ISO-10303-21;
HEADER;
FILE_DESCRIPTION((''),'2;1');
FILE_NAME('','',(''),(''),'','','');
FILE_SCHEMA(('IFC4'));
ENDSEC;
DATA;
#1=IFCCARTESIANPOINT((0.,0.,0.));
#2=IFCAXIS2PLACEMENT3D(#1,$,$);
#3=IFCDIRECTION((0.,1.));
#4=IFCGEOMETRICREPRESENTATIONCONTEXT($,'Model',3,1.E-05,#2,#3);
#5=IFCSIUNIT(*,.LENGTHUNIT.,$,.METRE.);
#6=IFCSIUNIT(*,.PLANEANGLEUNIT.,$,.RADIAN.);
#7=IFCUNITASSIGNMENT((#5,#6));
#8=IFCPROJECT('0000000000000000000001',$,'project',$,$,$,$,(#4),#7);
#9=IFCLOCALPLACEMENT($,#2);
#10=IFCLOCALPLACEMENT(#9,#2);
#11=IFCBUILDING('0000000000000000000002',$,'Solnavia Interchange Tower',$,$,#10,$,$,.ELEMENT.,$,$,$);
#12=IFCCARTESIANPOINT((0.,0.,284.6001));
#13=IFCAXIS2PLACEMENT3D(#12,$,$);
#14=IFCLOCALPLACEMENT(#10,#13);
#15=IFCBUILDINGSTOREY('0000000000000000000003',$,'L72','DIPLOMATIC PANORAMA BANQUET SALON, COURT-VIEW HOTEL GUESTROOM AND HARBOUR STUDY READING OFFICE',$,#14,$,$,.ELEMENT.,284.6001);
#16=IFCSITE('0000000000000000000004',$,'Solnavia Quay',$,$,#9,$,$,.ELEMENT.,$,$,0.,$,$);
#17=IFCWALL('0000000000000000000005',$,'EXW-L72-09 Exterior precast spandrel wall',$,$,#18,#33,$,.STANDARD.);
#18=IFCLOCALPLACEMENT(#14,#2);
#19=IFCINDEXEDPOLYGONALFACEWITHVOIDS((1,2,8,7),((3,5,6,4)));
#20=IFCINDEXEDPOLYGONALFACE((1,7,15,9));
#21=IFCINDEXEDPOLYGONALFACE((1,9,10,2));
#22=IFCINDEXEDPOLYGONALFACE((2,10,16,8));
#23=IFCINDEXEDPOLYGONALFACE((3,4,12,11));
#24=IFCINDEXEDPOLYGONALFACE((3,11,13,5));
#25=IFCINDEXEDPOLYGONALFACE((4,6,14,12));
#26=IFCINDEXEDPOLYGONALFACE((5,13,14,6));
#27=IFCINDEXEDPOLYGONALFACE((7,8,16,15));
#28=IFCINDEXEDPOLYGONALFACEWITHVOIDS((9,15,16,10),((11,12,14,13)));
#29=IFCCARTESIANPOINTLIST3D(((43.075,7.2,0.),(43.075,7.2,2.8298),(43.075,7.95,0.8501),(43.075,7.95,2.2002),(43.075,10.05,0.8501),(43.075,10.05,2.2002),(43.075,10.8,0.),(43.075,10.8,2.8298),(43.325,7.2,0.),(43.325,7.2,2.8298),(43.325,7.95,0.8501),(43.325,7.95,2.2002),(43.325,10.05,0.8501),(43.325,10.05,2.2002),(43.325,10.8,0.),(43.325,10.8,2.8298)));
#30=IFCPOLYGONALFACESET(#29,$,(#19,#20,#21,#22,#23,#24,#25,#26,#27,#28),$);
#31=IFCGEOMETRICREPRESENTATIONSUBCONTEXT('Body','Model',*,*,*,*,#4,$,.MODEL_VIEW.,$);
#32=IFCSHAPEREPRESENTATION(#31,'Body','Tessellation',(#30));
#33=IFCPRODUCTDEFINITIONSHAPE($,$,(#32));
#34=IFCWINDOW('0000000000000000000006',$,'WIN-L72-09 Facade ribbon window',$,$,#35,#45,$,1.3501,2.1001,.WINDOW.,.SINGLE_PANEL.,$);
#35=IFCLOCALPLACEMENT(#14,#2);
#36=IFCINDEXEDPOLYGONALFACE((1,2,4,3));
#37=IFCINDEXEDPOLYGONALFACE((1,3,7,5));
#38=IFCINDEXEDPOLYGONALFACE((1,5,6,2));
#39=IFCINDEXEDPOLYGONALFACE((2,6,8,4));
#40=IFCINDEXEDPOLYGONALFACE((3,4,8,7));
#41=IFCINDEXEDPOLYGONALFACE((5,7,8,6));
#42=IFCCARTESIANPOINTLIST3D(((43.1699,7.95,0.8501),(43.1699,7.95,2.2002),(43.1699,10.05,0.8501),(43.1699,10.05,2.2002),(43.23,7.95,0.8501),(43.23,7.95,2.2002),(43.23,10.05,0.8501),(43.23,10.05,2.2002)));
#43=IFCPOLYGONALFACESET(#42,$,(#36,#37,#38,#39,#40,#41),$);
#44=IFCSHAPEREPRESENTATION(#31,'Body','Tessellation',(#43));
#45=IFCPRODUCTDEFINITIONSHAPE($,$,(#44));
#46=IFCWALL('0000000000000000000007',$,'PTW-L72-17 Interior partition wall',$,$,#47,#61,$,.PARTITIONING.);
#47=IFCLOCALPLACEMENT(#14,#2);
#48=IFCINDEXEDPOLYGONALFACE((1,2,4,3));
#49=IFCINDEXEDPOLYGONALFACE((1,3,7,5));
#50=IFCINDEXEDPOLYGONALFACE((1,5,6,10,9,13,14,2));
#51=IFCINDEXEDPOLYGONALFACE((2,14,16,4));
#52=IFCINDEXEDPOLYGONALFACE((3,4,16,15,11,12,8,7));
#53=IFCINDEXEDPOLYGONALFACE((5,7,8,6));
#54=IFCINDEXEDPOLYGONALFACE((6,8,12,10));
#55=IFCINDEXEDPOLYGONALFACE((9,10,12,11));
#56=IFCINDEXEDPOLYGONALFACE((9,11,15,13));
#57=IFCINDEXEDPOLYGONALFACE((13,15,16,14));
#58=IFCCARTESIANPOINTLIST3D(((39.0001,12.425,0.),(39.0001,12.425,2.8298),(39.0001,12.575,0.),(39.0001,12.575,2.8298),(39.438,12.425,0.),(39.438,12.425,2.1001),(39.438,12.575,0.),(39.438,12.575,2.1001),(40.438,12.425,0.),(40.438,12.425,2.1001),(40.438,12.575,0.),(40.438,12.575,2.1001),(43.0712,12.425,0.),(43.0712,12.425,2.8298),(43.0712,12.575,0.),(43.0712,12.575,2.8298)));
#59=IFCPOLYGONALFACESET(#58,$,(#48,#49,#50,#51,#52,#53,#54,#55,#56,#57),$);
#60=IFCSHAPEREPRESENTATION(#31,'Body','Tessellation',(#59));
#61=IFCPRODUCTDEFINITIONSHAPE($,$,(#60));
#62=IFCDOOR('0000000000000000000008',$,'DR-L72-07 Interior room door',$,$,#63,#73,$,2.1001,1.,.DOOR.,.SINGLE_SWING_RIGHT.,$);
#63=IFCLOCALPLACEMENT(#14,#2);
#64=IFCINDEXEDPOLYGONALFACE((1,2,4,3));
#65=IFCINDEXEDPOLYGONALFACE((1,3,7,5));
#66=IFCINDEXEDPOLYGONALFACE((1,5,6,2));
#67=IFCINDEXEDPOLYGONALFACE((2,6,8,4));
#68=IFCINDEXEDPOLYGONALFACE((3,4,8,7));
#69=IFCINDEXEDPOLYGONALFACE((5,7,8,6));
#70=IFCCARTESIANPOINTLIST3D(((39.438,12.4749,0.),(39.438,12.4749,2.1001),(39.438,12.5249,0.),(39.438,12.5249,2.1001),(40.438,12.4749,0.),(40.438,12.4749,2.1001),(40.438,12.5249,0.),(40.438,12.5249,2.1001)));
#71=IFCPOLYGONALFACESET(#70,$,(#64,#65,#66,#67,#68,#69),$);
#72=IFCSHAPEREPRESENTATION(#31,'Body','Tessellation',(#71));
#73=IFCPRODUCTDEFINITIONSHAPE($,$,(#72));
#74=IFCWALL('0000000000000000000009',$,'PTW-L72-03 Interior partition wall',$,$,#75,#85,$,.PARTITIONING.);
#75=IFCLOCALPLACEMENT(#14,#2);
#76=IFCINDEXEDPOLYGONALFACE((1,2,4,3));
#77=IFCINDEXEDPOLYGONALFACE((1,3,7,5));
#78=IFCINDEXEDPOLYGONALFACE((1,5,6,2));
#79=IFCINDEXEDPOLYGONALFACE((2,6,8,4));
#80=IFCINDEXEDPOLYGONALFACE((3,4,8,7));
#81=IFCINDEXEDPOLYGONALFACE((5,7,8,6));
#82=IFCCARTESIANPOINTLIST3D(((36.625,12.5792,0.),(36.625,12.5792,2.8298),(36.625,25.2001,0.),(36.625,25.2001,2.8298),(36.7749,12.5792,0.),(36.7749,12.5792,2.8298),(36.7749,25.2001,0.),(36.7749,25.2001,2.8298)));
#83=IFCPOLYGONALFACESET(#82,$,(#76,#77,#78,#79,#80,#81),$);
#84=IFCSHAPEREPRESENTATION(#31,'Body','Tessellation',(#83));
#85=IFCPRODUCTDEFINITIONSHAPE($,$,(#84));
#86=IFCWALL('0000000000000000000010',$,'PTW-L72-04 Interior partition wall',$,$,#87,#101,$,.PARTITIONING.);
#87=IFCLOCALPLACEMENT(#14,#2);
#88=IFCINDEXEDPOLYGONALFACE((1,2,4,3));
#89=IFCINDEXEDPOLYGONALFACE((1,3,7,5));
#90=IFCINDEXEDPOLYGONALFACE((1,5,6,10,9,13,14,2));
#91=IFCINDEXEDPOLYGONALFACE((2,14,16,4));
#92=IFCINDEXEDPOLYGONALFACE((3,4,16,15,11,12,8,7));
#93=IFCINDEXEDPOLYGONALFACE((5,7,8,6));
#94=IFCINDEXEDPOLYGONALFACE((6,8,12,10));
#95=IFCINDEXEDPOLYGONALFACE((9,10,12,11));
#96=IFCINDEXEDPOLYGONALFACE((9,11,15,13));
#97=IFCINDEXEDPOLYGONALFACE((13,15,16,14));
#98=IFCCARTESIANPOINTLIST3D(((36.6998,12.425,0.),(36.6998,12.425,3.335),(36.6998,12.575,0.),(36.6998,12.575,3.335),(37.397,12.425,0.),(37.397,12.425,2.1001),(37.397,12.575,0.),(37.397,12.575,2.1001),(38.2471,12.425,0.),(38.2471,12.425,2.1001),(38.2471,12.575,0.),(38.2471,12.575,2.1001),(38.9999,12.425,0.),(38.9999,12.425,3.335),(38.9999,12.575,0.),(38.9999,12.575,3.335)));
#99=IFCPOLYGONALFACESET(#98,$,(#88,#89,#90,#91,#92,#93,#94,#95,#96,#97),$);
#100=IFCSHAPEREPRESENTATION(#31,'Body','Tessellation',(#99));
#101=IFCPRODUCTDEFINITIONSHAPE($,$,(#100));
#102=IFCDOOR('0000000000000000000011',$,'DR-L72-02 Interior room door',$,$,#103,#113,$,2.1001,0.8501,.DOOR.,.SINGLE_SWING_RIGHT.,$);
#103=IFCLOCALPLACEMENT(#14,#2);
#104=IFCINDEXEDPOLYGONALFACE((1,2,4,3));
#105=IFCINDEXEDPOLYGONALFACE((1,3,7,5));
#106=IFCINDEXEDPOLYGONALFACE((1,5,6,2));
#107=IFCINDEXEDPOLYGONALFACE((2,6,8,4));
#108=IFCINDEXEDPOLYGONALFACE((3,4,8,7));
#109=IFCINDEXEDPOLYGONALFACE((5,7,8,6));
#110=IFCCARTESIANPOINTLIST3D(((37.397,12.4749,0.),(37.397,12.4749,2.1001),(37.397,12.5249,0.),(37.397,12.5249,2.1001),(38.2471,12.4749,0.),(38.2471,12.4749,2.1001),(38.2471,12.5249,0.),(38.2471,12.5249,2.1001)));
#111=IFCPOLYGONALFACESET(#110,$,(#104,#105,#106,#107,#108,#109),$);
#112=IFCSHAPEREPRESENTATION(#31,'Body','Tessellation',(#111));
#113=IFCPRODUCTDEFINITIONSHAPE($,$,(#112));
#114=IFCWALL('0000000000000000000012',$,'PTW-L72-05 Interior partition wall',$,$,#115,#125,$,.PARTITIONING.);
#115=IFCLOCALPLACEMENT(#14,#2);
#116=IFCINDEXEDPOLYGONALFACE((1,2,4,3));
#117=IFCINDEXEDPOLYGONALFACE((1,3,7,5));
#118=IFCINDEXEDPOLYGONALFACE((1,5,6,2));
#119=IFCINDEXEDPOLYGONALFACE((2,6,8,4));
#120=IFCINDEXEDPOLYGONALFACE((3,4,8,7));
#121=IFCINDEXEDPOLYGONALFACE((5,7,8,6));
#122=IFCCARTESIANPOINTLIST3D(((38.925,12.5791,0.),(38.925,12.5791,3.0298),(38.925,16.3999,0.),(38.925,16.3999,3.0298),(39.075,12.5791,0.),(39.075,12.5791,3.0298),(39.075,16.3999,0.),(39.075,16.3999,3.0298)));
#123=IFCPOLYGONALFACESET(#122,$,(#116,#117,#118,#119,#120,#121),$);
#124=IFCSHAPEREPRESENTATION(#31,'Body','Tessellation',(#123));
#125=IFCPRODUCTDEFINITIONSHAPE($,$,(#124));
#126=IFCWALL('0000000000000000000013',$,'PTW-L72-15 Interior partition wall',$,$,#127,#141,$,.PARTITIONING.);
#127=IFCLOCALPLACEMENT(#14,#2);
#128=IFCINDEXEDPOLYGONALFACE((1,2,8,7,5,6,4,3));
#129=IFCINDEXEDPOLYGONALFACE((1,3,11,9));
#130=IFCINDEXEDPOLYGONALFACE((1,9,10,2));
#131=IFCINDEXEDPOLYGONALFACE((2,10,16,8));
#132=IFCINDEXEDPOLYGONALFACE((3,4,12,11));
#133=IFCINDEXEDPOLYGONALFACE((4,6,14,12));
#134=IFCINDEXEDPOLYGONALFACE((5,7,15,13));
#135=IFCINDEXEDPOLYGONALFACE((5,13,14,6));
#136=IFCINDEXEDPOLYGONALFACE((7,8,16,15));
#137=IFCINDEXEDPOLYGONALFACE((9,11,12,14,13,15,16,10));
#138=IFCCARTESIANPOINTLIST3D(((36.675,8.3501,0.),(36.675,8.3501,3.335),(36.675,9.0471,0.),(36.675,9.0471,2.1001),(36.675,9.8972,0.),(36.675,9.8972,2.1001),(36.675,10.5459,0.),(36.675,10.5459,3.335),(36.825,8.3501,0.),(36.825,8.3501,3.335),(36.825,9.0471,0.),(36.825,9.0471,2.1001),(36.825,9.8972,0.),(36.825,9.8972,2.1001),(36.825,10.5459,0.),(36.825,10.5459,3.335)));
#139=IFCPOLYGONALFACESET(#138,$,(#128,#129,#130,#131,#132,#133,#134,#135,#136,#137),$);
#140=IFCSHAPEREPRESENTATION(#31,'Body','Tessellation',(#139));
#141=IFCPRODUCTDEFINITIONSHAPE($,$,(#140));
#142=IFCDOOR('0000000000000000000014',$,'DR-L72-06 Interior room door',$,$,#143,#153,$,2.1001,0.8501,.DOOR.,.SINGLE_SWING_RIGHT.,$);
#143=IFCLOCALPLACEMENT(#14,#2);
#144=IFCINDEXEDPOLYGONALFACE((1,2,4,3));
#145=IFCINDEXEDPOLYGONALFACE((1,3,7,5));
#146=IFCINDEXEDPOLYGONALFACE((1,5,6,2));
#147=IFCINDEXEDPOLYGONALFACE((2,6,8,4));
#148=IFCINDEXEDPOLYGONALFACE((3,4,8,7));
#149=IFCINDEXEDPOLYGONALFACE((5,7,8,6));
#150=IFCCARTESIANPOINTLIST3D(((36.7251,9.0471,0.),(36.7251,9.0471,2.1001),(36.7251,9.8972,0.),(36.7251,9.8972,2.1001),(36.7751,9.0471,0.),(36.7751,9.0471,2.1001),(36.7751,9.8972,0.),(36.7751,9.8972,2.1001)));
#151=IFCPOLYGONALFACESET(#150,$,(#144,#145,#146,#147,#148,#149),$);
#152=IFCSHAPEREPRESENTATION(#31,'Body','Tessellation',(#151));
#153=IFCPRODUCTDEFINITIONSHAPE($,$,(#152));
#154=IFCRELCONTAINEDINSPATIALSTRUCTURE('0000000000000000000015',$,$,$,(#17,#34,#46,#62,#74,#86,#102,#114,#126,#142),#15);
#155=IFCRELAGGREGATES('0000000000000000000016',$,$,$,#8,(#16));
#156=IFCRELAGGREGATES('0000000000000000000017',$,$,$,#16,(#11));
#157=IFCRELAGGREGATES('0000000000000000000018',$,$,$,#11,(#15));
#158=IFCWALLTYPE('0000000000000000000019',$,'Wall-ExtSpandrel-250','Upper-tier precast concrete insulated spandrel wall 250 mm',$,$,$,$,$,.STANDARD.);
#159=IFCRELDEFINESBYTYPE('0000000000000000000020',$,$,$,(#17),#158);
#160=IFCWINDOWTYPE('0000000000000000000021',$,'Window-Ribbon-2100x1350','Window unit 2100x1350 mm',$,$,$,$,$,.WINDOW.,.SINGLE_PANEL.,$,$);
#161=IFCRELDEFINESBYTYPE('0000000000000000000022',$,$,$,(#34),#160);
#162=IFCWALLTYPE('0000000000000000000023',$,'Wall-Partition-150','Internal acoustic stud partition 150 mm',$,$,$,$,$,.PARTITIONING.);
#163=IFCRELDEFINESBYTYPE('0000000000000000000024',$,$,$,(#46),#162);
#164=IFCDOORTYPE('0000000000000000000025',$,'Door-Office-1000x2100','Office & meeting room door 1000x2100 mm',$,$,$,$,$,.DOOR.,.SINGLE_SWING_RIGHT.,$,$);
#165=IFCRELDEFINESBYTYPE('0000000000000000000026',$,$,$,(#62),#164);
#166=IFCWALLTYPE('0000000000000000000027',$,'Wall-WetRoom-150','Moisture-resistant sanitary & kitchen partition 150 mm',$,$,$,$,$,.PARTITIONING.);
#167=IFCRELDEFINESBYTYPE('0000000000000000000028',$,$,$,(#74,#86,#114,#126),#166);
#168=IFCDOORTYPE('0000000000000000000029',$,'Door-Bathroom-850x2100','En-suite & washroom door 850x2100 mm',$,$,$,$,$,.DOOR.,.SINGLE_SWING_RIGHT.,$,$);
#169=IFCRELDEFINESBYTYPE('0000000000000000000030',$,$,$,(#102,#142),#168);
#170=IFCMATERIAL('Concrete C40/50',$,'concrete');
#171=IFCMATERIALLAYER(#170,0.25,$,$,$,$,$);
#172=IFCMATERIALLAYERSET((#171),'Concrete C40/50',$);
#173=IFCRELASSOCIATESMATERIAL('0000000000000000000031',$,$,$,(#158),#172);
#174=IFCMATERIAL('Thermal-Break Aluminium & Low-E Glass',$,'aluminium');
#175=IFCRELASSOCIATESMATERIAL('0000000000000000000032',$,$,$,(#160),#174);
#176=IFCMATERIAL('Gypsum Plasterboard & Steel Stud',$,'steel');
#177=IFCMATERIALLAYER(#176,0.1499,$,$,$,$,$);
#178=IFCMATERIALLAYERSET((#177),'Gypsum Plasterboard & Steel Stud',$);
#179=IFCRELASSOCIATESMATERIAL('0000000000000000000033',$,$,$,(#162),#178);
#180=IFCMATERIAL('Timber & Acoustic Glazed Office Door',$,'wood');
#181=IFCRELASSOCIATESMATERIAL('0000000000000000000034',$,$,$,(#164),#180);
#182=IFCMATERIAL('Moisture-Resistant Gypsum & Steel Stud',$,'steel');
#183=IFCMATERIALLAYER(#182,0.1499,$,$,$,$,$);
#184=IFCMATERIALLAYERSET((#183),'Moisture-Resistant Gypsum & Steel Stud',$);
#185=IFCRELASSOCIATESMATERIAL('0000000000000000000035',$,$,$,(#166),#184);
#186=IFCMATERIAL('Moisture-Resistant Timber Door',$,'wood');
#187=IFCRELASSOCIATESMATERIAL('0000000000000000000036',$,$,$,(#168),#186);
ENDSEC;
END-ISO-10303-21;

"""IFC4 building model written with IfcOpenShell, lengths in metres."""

from ifc_helpers import new_model, si_unit, direction, frame, frame_2d, origin, place, context, subcontext, project, spatial, rectangle, extrude, material, layer, layer_set, type_object, element, fill, save


model = new_model("IFC4")

# Units and contexts
model_context = context("Model", 3, precision=1e-05, world=origin(), true_north=direction((0.0, 1.0)))
body_context = subcontext(model_context, "Body", "Model", "MODEL_VIEW")
ifc_project = project(units=[si_unit("LENGTHUNIT", "METRE"), si_unit("PLANEANGLEUNIT", "RADIAN")], contexts=[model_context])

# Site, building, storey
site_placement = place(None, origin())
site = spatial("IfcSite", under=ifc_project, at=site_placement, Name="Solnavia Quay", CompositionType="ELEMENT", RefElevation=0.0)
building_placement = place(site_placement, origin())
building = spatial("IfcBuilding", under=site, at=building_placement, Name="Solnavia Interchange Tower", CompositionType="ELEMENT")
storey_placement = place(building_placement, frame((0.0, 0.0, 284.6001)))
storey = spatial("IfcBuildingStorey", under=building, at=storey_placement, Name="L72", Description="DIPLOMATIC PANORAMA BANQUET SALON, COURT-VIEW HOTEL GUESTROOM AND HARBOUR STUDY READING OFFICE", CompositionType="ELEMENT", Elevation=284.6001)

# Shared definitions
ifc_material_1 = material(Name="Concrete C40/50", Category="concrete")
ifc_layer_1 = layer(ifc_material_1, 0.25)
ifc_layer_set_1 = layer_set([ifc_layer_1], Name="Concrete C40/50")
wall_type_1 = type_object("IfcWallType", Name="Wall-ExtSpandrel-250", Description="Upper-tier precast concrete insulated spandrel wall 250 mm", PredefinedType="STANDARD", material=ifc_layer_set_1)
ifc_material_2 = material(Name="Thermal-Break Aluminium & Low-E Glass", Category="aluminium")
window_type = type_object("IfcWindowType", Name="Window-Ribbon-2100x1350", Description="Window unit 2100x1350 mm", PartitioningType="SINGLE_PANEL", PredefinedType="WINDOW", material=ifc_material_2)

# Wall, opening, window
wall_1_placement = place(storey_placement, frame((43.2, 10.8, 0.0), z_axis=(0.0, 0.0, 1.0), x_axis=(0.0, -1.0, 0.0)))
wall_1 = element("IfcWall", 1, at=wall_1_placement, inside=storey, type_object=wall_type_1, Name="EXW-L72-09 Exterior precast spandrel wall", PredefinedType="STANDARD", context=body_context, shape_type="SweptSolid", body=[
    extrude(rectangle(XDim=3.6001, YDim=0.25, at=frame_2d((1.8, 0.0))), origin(), (0.0, 0.0, 1.0), 2.8298),
])
opening_1_placement = place(wall_1_placement, frame((0.75, 0.0, 0.8501)))
opening_1 = element("IfcOpeningElement", 2, at=opening_1_placement, cuts=wall_1, PredefinedType="OPENING", context=body_context, shape_type="SweptSolid", body=[
    extrude(rectangle(XDim=2.1001, YDim=1.3501, at=frame_2d((1.05, 0.675))), frame((0.0, 0.135, 0.0), z_axis=(0.0, -1.0, 0.0), x_axis=(1.0, 0.0, 0.0)), (0.0, 0.0, 1.0), 0.27),
])
window_1_placement = place(opening_1_placement, origin())
window_1 = element("IfcWindow", 3, at=window_1_placement, inside=storey, type_object=window_type, Name="WIN-L72-09 Facade ribbon window", OverallHeight=1.3501, OverallWidth=2.1001, PartitioningType="SINGLE_PANEL", PredefinedType="WINDOW", context=body_context, shape_type="SweptSolid", body=[
    extrude(rectangle(XDim=2.1001, YDim=1.3501, at=frame_2d((1.05, 0.675))), frame((0.0, 0.03, 0.0), z_axis=(0.0, -1.0, 0.0), x_axis=(1.0, 0.0, 0.0)), (0.0, 0.0, 1.0), 0.0601),
])
fill(opening_1, window_1)

# Wall, opening, door
ifc_material_3 = material(Name="Gypsum Plasterboard & Steel Stud", Category="steel")
ifc_layer_2 = layer(ifc_material_3, 0.1499)
ifc_layer_set_2 = layer_set([ifc_layer_2], Name="Gypsum Plasterboard & Steel Stud")
wall_type_2 = type_object("IfcWallType", Name="Wall-Partition-150", Description="Internal acoustic stud partition 150 mm", PredefinedType="PARTITIONING", material=ifc_layer_set_2)
wall_2_placement = place(storey_placement, frame((39.0, 12.5, 0.0), z_axis=(0.0, 0.0, 1.0), x_axis=(1.0, 0.0, 0.0)))
wall_2 = element("IfcWall", 4, at=wall_2_placement, inside=storey, type_object=wall_type_2, Name="PTW-L72-17 Interior partition wall", PredefinedType="PARTITIONING", context=body_context, shape_type="SweptSolid", body=[
    extrude(rectangle(XDim=4.071, YDim=0.1499, at=frame_2d((2.0356, 0.0))), origin(), (0.0, 0.0, 1.0), 2.8298),
])
opening_2_placement = place(wall_2_placement, frame((0.438, 0.0, 0.0)))
opening_2 = element("IfcOpeningElement", 5, at=opening_2_placement, cuts=wall_2, PredefinedType="OPENING", context=body_context, shape_type="SweptSolid", body=[
    extrude(rectangle(XDim=1.0, YDim=2.1001, at=frame_2d((0.5, 1.05))), frame((0.0, 0.085, 0.0), z_axis=(0.0, -1.0, 0.0), x_axis=(1.0, 0.0, 0.0)), (0.0, 0.0, 1.0), 0.1699),
])
ifc_material_4 = material(Name="Timber & Acoustic Glazed Office Door", Category="wood")
door_type_1 = type_object("IfcDoorType", Name="Door-Office-1000x2100", Description="Office & meeting room door 1000x2100 mm", OperationType="SINGLE_SWING_RIGHT", PredefinedType="DOOR", material=ifc_material_4)
door_1_placement = place(opening_2_placement, origin())
door_1 = element("IfcDoor", 6, at=door_1_placement, inside=storey, type_object=door_type_1, Name="DR-L72-07 Interior room door", OperationType="SINGLE_SWING_RIGHT", OverallHeight=2.1001, OverallWidth=1.0, PredefinedType="DOOR", context=body_context, shape_type="SweptSolid", body=[
    extrude(rectangle(XDim=1.0, YDim=2.1001, at=frame_2d((0.5, 1.05))), frame((0.0, 0.0249, 0.0), z_axis=(0.0, -1.0, 0.0), x_axis=(1.0, 0.0, 0.0)), (0.0, 0.0, 1.0), 0.05),
])
fill(opening_2, door_1)

# Wall
ifc_material_5 = material(Name="Moisture-Resistant Gypsum & Steel Stud", Category="steel")
ifc_layer_3 = layer(ifc_material_5, 0.1499)
ifc_layer_set_3 = layer_set([ifc_layer_3], Name="Moisture-Resistant Gypsum & Steel Stud")
wall_type_3 = type_object("IfcWallType", Name="Wall-WetRoom-150", Description="Moisture-resistant sanitary & kitchen partition 150 mm", PredefinedType="PARTITIONING", material=ifc_layer_set_3)
wall_3_placement = place(storey_placement, frame((36.7, 12.5791, 0.0), z_axis=(0.0, 0.0, 1.0), x_axis=(0.0, 1.0, 0.0)))
element("IfcWall", 7, at=wall_3_placement, inside=storey, type_object=wall_type_3, Name="PTW-L72-03 Interior partition wall", PredefinedType="PARTITIONING", context=body_context, shape_type="SweptSolid", body=[
    extrude(rectangle(XDim=12.6208, YDim=0.1499, at=frame_2d((6.3105, 0.0))), origin(), (0.0, 0.0, 1.0), 2.8298),
])

# Wall, opening, door
wall_4_placement = place(storey_placement, frame((36.7, 12.5, 0.0), z_axis=(0.0, 0.0, 1.0), x_axis=(1.0, 0.0, 0.0)))
wall_4 = element("IfcWall", 8, at=wall_4_placement, inside=storey, type_object=wall_type_3, Name="PTW-L72-04 Interior partition wall", PredefinedType="PARTITIONING", context=body_context, shape_type="SweptSolid", body=[
    extrude(rectangle(XDim=2.3, YDim=0.1499, at=frame_2d((1.1499, 0.0))), origin(), (0.0, 0.0, 1.0), 3.335),
])
opening_3_placement = place(wall_4_placement, frame((0.697, 0.0, 0.0)))
opening_3 = element("IfcOpeningElement", 9, at=opening_3_placement, cuts=wall_4, PredefinedType="OPENING", context=body_context, shape_type="SweptSolid", body=[
    extrude(rectangle(XDim=0.8501, YDim=2.1001, at=frame_2d((0.425, 1.05))), frame((0.0, 0.085, 0.0), z_axis=(0.0, -1.0, 0.0), x_axis=(1.0, 0.0, 0.0)), (0.0, 0.0, 1.0), 0.1699),
])
ifc_material_6 = material(Name="Moisture-Resistant Timber Door", Category="wood")
door_type_2 = type_object("IfcDoorType", Name="Door-Bathroom-850x2100", Description="En-suite & washroom door 850x2100 mm", OperationType="SINGLE_SWING_RIGHT", PredefinedType="DOOR", material=ifc_material_6)
door_2_placement = place(opening_3_placement, origin())
door_2 = element("IfcDoor", 10, at=door_2_placement, inside=storey, type_object=door_type_2, Name="DR-L72-02 Interior room door", OperationType="SINGLE_SWING_RIGHT", OverallHeight=2.1001, OverallWidth=0.8501, PredefinedType="DOOR", context=body_context, shape_type="SweptSolid", body=[
    extrude(rectangle(XDim=0.8501, YDim=2.1001, at=frame_2d((0.425, 1.05))), frame((0.0, 0.0249, 0.0), z_axis=(0.0, -1.0, 0.0), x_axis=(1.0, 0.0, 0.0)), (0.0, 0.0, 1.0), 0.05),
])
fill(opening_3, door_2)

# Wall
wall_5_placement = place(storey_placement, frame((39.0, 12.5791, 0.0), z_axis=(0.0, 0.0, 1.0), x_axis=(0.0, 1.0, 0.0)))
element("IfcWall", 11, at=wall_5_placement, inside=storey, type_object=wall_type_3, Name="PTW-L72-05 Interior partition wall", PredefinedType="PARTITIONING", context=body_context, shape_type="SweptSolid", body=[
    extrude(rectangle(XDim=3.8208, YDim=0.1499, at=frame_2d((1.9104, 0.0))), origin(), (0.0, 0.0, 1.0), 3.0298),
])

# Wall, opening, door
wall_6_placement = place(storey_placement, frame((36.75, 8.3501, 0.0), z_axis=(0.0, 0.0, 1.0), x_axis=(0.0, 1.0, 0.0)))
wall_6 = element("IfcWall", 12, at=wall_6_placement, inside=storey, type_object=wall_type_3, Name="PTW-L72-15 Interior partition wall", PredefinedType="PARTITIONING", context=body_context, shape_type="SweptSolid", body=[
    extrude(rectangle(XDim=2.1958, YDim=0.1499, at=frame_2d((1.0979, 0.0))), origin(), (0.0, 0.0, 1.0), 3.335),
])
opening_4_placement = place(wall_6_placement, frame((0.697, 0.0, 0.0)))
opening_4 = element("IfcOpeningElement", 13, at=opening_4_placement, cuts=wall_6, PredefinedType="OPENING", context=body_context, shape_type="SweptSolid", body=[
    extrude(rectangle(XDim=0.8501, YDim=2.1001, at=frame_2d((0.425, 1.05))), frame((0.0, 0.085, 0.0), z_axis=(0.0, -1.0, 0.0), x_axis=(1.0, 0.0, 0.0)), (0.0, 0.0, 1.0), 0.1699),
])
door_3_placement = place(opening_4_placement, origin())
door_3 = element("IfcDoor", 14, at=door_3_placement, inside=storey, type_object=door_type_2, Name="DR-L72-06 Interior room door", OperationType="SINGLE_SWING_RIGHT", OverallHeight=2.1001, OverallWidth=0.8501, PredefinedType="DOOR", context=body_context, shape_type="SweptSolid", body=[
    extrude(rectangle(XDim=0.8501, YDim=2.1001, at=frame_2d((0.425, 1.05))), frame((0.0, 0.0249, 0.0), z_axis=(0.0, -1.0, 0.0), x_axis=(1.0, 0.0, 0.0)), (0.0, 0.0, 1.0), 0.05),
])
fill(opening_4, door_3)

save(model, "model.ifc")
